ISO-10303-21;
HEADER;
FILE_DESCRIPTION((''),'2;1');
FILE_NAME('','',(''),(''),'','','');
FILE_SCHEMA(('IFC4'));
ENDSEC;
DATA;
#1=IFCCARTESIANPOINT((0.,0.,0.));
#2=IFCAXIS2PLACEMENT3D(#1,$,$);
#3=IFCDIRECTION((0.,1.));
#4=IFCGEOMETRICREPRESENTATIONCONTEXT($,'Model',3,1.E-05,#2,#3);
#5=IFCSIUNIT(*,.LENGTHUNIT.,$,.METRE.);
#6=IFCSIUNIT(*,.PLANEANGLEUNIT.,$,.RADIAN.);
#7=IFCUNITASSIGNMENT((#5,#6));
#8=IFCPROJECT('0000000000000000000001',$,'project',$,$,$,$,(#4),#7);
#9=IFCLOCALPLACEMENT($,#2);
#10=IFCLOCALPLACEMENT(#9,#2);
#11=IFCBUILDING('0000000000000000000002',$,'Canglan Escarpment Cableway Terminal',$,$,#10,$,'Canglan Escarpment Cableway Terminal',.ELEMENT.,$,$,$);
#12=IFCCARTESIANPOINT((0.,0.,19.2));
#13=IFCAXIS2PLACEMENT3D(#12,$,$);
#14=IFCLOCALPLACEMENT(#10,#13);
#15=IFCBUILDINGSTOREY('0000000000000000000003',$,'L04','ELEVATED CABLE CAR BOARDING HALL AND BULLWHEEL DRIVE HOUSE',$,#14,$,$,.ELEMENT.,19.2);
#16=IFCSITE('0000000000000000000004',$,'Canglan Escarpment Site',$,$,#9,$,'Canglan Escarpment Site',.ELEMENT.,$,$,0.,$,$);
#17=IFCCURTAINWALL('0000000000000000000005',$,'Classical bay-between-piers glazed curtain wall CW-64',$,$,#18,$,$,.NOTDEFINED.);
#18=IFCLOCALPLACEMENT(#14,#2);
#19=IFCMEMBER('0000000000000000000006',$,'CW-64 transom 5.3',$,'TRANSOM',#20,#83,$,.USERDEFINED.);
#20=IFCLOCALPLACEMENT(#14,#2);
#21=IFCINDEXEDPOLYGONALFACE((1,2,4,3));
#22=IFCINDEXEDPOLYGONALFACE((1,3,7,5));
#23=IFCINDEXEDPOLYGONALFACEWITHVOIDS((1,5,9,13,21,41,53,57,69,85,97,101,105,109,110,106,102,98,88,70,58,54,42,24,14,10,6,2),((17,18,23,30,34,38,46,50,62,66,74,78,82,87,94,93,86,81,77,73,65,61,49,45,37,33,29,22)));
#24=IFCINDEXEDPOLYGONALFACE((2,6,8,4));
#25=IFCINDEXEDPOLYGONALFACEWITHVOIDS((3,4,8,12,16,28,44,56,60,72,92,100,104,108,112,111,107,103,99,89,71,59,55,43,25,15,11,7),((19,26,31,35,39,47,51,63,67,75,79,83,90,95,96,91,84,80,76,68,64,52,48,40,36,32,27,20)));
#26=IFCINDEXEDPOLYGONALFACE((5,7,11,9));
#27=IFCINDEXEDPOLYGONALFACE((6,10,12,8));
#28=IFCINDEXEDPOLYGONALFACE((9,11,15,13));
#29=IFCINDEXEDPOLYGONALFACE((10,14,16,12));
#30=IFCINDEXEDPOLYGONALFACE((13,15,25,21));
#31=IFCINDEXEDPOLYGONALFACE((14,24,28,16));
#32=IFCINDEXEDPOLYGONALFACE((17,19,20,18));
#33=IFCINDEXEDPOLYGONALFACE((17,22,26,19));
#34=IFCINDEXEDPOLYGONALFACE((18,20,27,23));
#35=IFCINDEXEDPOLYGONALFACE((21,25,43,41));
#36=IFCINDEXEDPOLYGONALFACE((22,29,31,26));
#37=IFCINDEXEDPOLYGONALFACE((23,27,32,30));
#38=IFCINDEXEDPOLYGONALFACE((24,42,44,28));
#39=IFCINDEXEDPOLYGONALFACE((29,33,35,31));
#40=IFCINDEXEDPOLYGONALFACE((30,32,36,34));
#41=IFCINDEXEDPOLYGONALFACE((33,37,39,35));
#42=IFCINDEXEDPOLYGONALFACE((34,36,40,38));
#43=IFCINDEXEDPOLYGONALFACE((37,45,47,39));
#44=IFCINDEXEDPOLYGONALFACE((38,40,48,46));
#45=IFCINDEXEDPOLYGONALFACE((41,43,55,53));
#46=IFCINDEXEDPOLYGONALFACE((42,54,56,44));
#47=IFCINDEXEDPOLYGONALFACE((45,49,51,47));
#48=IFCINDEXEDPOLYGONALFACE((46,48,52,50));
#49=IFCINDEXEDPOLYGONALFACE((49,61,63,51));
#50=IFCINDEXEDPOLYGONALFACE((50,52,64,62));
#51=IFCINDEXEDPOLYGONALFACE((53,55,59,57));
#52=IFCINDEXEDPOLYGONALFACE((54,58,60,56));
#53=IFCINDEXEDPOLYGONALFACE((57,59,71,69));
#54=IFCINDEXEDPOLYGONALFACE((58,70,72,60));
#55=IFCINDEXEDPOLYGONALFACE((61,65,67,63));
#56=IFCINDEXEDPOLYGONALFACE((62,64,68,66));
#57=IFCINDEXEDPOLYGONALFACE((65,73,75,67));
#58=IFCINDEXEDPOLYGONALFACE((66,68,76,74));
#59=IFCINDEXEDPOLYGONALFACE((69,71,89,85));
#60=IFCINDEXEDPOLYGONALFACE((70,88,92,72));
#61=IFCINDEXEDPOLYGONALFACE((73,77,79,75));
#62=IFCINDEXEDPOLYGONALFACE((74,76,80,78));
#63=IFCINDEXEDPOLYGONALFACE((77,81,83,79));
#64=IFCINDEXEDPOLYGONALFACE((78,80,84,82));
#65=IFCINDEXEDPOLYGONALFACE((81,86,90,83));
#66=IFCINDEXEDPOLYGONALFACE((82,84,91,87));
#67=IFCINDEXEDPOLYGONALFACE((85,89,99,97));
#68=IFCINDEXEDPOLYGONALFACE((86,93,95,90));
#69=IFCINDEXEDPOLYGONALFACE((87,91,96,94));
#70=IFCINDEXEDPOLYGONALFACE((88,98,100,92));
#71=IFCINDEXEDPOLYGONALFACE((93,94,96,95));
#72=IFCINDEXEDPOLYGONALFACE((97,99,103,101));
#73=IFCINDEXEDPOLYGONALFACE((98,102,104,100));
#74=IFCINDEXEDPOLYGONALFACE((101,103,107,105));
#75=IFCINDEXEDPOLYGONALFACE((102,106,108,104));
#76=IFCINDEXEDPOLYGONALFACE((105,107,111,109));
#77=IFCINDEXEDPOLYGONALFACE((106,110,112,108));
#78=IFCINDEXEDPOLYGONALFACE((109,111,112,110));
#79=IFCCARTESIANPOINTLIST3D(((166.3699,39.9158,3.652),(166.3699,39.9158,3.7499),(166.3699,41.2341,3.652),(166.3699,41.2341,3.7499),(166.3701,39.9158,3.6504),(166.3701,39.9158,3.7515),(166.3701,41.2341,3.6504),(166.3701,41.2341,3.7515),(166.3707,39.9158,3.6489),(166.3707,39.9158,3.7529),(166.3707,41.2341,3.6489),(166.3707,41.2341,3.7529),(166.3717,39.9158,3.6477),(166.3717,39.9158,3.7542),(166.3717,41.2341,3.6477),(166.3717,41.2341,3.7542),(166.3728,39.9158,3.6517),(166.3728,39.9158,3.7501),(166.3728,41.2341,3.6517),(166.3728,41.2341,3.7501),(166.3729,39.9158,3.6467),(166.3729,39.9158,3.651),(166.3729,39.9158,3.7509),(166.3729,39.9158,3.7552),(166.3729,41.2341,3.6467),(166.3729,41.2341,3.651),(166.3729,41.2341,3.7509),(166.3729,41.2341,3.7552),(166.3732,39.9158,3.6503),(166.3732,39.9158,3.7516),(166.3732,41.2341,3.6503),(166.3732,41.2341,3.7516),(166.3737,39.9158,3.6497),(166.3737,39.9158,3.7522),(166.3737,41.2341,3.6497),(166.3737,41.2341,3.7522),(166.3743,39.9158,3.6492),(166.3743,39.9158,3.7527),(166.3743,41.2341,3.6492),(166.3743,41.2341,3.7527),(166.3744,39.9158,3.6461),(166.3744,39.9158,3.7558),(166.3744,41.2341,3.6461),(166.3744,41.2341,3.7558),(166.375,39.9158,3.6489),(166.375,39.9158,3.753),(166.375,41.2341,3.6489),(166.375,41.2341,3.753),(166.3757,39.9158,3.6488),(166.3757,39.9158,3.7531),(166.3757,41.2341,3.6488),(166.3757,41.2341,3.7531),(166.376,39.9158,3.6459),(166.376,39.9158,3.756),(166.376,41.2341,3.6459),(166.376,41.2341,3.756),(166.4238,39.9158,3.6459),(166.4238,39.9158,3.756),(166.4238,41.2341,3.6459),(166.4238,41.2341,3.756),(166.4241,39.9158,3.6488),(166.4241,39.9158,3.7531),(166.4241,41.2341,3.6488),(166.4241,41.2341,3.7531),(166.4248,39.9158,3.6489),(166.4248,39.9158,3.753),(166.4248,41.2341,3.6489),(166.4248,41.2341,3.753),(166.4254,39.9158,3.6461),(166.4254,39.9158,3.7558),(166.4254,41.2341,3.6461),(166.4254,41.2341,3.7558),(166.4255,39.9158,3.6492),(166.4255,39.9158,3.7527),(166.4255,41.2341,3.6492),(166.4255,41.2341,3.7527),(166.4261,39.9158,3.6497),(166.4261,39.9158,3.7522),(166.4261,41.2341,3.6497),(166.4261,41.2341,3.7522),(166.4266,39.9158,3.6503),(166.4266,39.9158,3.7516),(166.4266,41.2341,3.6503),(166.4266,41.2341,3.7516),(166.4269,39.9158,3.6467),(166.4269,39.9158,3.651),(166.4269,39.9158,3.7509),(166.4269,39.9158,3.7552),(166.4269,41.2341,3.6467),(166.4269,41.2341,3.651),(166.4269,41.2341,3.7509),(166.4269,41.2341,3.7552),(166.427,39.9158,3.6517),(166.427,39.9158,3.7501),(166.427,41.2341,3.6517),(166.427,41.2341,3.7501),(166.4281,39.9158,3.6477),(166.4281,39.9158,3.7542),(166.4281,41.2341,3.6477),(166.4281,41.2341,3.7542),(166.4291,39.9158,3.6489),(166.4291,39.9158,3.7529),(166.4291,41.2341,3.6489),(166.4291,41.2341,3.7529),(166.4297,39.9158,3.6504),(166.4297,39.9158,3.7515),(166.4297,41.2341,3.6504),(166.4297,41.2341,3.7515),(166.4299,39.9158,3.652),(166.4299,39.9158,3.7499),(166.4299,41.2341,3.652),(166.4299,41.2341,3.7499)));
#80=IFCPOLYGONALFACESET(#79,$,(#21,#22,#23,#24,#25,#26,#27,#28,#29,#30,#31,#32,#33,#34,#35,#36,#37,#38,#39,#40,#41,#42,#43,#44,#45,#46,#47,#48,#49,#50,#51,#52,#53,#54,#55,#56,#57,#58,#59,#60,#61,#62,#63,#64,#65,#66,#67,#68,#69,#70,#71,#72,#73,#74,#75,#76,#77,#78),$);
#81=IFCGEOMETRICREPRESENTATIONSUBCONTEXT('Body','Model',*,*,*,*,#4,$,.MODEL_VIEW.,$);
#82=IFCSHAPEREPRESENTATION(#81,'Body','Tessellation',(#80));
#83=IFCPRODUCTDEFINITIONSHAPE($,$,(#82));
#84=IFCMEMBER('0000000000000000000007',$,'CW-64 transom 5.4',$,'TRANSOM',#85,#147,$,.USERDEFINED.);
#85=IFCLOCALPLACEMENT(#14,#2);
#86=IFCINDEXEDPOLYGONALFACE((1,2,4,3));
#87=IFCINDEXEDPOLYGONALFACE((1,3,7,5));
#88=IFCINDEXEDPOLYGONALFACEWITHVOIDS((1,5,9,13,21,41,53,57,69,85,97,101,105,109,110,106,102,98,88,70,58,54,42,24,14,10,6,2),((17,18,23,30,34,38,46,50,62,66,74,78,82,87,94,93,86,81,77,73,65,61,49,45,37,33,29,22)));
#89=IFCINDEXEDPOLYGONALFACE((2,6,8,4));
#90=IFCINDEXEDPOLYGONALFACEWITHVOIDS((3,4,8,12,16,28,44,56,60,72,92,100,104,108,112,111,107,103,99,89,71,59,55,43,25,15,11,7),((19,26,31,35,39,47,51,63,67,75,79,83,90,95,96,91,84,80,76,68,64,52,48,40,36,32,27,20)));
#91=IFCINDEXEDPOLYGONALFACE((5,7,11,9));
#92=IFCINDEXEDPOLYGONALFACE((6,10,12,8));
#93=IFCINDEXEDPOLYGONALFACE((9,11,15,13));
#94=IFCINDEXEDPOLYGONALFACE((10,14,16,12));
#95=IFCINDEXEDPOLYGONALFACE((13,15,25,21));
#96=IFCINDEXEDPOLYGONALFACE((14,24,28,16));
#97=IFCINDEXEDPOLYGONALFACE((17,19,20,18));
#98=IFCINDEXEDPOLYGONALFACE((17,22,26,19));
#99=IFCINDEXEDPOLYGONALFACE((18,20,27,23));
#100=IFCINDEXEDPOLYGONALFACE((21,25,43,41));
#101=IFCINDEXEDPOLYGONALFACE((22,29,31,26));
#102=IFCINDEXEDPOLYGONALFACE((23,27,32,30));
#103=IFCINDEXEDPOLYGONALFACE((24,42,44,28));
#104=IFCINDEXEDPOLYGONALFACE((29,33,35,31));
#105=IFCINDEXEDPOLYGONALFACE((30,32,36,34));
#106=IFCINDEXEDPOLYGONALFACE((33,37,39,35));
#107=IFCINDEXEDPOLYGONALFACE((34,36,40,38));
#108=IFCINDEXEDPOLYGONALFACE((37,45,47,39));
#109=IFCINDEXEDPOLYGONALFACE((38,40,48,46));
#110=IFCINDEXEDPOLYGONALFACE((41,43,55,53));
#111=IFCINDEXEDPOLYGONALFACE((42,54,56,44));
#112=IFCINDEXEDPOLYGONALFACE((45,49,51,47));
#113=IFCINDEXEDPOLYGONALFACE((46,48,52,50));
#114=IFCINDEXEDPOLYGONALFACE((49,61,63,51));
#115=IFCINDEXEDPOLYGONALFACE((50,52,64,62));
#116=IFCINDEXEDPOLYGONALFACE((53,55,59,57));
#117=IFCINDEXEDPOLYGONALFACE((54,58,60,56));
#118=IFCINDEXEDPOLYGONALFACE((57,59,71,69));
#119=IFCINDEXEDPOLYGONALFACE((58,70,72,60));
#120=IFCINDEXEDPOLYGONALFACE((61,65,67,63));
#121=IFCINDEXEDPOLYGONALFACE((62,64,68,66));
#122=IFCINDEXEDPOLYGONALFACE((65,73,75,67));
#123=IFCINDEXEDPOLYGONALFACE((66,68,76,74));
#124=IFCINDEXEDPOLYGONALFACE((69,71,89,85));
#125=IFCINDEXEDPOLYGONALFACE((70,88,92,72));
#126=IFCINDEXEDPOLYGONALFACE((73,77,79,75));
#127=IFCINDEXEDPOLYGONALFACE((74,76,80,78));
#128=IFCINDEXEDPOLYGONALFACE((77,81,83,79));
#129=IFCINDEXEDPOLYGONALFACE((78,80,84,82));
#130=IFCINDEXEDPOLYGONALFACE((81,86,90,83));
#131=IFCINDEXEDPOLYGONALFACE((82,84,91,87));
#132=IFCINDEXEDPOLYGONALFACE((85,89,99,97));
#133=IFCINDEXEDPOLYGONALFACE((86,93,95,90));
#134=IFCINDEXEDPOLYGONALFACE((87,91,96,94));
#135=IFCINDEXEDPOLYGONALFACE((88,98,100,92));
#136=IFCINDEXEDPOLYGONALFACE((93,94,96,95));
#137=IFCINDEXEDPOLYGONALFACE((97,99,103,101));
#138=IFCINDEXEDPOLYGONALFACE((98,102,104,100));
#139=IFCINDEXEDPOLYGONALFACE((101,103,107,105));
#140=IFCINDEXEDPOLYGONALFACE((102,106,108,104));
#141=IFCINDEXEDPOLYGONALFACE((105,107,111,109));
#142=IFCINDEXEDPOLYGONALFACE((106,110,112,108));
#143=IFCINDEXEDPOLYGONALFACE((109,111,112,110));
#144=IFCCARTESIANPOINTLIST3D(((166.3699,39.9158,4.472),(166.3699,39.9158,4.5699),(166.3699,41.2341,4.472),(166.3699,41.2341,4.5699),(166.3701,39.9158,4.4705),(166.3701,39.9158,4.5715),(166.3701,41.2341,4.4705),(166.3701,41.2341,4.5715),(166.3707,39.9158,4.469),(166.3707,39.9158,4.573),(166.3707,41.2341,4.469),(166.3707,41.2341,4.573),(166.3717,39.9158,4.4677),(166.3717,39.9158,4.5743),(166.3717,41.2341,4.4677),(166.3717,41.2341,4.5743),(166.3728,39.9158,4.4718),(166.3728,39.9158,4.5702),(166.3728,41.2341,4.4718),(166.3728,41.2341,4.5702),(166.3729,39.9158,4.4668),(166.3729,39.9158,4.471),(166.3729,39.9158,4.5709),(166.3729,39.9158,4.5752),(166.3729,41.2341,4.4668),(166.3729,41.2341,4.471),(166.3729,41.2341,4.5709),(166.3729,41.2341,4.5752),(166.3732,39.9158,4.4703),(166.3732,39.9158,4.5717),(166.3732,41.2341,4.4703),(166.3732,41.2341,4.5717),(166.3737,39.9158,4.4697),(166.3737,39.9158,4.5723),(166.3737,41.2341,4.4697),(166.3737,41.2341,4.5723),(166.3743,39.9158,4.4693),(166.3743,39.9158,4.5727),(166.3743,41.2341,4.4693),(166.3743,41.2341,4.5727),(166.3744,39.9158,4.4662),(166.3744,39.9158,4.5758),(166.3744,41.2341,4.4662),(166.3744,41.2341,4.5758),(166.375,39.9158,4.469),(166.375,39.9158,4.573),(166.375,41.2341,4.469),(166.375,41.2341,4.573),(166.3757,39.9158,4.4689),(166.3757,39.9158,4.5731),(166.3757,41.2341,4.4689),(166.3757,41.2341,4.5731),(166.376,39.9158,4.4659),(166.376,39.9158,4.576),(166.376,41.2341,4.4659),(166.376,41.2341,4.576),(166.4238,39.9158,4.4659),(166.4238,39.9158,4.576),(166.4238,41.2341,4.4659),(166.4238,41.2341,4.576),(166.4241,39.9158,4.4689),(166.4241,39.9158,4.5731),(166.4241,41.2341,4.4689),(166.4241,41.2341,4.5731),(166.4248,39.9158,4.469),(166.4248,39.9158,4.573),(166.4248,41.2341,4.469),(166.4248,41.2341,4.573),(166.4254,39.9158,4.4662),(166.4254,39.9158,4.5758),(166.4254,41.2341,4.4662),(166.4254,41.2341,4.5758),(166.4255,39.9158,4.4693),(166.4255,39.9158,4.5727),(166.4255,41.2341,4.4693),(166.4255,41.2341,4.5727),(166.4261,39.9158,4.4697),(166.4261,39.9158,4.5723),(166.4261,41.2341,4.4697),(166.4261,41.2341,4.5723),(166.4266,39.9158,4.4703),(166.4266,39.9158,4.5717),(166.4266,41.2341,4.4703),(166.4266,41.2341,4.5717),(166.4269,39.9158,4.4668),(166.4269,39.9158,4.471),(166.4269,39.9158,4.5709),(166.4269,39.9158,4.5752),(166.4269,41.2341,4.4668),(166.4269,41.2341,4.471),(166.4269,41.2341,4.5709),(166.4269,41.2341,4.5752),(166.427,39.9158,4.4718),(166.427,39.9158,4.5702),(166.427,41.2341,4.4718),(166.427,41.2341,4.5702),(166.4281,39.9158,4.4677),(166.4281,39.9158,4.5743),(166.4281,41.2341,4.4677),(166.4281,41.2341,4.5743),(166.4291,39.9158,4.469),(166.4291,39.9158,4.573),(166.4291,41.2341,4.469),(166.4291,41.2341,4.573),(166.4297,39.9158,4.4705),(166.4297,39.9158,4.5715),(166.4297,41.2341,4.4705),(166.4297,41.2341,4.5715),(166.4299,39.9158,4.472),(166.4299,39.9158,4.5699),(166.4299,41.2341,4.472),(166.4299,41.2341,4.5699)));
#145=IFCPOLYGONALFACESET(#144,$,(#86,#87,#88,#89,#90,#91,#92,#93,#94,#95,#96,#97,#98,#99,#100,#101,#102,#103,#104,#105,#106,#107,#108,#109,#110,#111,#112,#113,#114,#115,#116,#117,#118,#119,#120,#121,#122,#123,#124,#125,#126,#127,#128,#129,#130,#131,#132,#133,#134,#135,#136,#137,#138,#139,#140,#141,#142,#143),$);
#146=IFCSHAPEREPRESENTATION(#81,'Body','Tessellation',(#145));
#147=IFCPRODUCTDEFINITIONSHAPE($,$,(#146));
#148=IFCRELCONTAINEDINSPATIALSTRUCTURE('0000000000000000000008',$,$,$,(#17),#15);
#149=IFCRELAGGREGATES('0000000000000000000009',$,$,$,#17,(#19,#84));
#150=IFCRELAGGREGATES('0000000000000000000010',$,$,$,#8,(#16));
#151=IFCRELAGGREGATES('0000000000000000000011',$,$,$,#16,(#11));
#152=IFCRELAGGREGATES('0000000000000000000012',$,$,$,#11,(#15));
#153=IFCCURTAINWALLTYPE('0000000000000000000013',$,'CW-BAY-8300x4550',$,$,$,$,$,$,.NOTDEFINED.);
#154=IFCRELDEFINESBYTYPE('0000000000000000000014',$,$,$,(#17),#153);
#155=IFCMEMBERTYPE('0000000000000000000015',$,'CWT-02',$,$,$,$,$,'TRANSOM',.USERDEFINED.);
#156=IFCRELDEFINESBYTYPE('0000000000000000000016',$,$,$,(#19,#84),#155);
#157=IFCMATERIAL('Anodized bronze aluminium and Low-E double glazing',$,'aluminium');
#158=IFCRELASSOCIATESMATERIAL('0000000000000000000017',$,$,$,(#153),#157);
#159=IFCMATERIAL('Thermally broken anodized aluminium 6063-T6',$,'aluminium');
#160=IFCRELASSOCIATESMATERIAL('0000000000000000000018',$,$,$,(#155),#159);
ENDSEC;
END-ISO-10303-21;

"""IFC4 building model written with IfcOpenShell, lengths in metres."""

from ifc_helpers import new_model, si_unit, direction, frame, origin, origin_2d, place, context, subcontext, project, spatial, hollow_rectangle, extrude, material, material_profile, profile_set, type_object, element, aggregate, save


model = new_model("IFC4")

# Units and contexts
model_context = context("Model", 3, precision=1e-05, world=origin(), true_north=direction((0.0, 1.0)))
body_context = subcontext(model_context, "Body", "Model", "MODEL_VIEW")
ifc_project = project(units=[si_unit("LENGTHUNIT", "METRE"), si_unit("PLANEANGLEUNIT", "RADIAN")], contexts=[model_context])

# Site, building, storey
site_placement = place(None, origin())
site = spatial("IfcSite", under=ifc_project, at=site_placement, Name="Canglan Escarpment Site", LongName="Canglan Escarpment Site", CompositionType="ELEMENT", RefElevation=0.0)
building_placement = place(site_placement, origin())
building = spatial("IfcBuilding", under=site, at=building_placement, Name="Canglan Escarpment Cableway Terminal", LongName="Canglan Escarpment Cableway Terminal", CompositionType="ELEMENT")
storey_placement = place(building_placement, frame((0.0, 0.0, 19.2)))
storey = spatial("IfcBuildingStorey", under=building, at=storey_placement, Name="L04", Description="ELEVATED CABLE CAR BOARDING HALL AND BULLWHEEL DRIVE HOUSE", CompositionType="ELEMENT", Elevation=19.2)

# Curtain wall
ifc_material_1 = material(Name="Anodized bronze aluminium and Low-E double glazing", Category="aluminium")
curtain_wall_type = type_object("IfcCurtainWallType", Name="CW-BAY-8300x4550", PredefinedType="NOTDEFINED", material=ifc_material_1)
curtain_wall_1_placement = place(storey_placement, origin())
curtain_wall_1 = element("IfcCurtainWall", 1, at=curtain_wall_1_placement, inside=storey, type_object=curtain_wall_type, Name="Classical bay-between-piers glazed curtain wall CW-64", PredefinedType="NOTDEFINED")
ifc_material_2 = material(Name="Thermally broken anodized aluminium 6063-T6", Category="aluminium")

# Members
ifc_material_profile_1 = material_profile(ifc_material_2, hollow_rectangle(XDim=0.0601, YDim=0.1101, WallThickness=0.0029, InnerFilletRadius=0.0029, OuterFilletRadius=0.0061, at=origin_2d()), Name="ALU-TRAN 60x110x3")
ifc_profile_set_1 = profile_set([ifc_material_profile_1], Name="Thermally broken anodized aluminium 6063-T6")
member_type_1 = type_object("IfcMemberType", Name="CWT-02", ElementType="TRANSOM", PredefinedType="USERDEFINED", material=ifc_profile_set_1)
member_1_placement = place(storey_placement, frame((166.3999, 39.9158, 3.7009), z_axis=(0.0, 1.0, 0.0), x_axis=(-1.0, 0.0, 0.0)))
member_1 = element("IfcMember", 2, at=member_1_placement, type_object=member_type_1, Name="CW-64 transom 5.3", ObjectType="TRANSOM", PredefinedType="USERDEFINED", context=body_context, shape_type="SweptSolid", body=[
    extrude(hollow_rectangle(XDim=0.0601, YDim=0.1101, WallThickness=0.0029, InnerFilletRadius=0.0029, OuterFilletRadius=0.0061, at=origin_2d()), origin(), (0.0, 0.0, 1.0), 1.3184),
])
member_2_placement = place(storey_placement, frame((166.3999, 39.9158, 4.521), z_axis=(0.0, 1.0, 0.0), x_axis=(-1.0, 0.0, 0.0)))
member_2 = element("IfcMember", 3, at=member_2_placement, type_object=member_type_1, Name="CW-64 transom 5.4", ObjectType="TRANSOM", PredefinedType="USERDEFINED", context=body_context, shape_type="SweptSolid", body=[
    extrude(hollow_rectangle(XDim=0.0601, YDim=0.1101, WallThickness=0.0029, InnerFilletRadius=0.0029, OuterFilletRadius=0.0061, at=origin_2d()), origin(), (0.0, 0.0, 1.0), 1.3184),
])

aggregate(curtain_wall_1, [member_1, member_2])

save(model, "model.ifc")
